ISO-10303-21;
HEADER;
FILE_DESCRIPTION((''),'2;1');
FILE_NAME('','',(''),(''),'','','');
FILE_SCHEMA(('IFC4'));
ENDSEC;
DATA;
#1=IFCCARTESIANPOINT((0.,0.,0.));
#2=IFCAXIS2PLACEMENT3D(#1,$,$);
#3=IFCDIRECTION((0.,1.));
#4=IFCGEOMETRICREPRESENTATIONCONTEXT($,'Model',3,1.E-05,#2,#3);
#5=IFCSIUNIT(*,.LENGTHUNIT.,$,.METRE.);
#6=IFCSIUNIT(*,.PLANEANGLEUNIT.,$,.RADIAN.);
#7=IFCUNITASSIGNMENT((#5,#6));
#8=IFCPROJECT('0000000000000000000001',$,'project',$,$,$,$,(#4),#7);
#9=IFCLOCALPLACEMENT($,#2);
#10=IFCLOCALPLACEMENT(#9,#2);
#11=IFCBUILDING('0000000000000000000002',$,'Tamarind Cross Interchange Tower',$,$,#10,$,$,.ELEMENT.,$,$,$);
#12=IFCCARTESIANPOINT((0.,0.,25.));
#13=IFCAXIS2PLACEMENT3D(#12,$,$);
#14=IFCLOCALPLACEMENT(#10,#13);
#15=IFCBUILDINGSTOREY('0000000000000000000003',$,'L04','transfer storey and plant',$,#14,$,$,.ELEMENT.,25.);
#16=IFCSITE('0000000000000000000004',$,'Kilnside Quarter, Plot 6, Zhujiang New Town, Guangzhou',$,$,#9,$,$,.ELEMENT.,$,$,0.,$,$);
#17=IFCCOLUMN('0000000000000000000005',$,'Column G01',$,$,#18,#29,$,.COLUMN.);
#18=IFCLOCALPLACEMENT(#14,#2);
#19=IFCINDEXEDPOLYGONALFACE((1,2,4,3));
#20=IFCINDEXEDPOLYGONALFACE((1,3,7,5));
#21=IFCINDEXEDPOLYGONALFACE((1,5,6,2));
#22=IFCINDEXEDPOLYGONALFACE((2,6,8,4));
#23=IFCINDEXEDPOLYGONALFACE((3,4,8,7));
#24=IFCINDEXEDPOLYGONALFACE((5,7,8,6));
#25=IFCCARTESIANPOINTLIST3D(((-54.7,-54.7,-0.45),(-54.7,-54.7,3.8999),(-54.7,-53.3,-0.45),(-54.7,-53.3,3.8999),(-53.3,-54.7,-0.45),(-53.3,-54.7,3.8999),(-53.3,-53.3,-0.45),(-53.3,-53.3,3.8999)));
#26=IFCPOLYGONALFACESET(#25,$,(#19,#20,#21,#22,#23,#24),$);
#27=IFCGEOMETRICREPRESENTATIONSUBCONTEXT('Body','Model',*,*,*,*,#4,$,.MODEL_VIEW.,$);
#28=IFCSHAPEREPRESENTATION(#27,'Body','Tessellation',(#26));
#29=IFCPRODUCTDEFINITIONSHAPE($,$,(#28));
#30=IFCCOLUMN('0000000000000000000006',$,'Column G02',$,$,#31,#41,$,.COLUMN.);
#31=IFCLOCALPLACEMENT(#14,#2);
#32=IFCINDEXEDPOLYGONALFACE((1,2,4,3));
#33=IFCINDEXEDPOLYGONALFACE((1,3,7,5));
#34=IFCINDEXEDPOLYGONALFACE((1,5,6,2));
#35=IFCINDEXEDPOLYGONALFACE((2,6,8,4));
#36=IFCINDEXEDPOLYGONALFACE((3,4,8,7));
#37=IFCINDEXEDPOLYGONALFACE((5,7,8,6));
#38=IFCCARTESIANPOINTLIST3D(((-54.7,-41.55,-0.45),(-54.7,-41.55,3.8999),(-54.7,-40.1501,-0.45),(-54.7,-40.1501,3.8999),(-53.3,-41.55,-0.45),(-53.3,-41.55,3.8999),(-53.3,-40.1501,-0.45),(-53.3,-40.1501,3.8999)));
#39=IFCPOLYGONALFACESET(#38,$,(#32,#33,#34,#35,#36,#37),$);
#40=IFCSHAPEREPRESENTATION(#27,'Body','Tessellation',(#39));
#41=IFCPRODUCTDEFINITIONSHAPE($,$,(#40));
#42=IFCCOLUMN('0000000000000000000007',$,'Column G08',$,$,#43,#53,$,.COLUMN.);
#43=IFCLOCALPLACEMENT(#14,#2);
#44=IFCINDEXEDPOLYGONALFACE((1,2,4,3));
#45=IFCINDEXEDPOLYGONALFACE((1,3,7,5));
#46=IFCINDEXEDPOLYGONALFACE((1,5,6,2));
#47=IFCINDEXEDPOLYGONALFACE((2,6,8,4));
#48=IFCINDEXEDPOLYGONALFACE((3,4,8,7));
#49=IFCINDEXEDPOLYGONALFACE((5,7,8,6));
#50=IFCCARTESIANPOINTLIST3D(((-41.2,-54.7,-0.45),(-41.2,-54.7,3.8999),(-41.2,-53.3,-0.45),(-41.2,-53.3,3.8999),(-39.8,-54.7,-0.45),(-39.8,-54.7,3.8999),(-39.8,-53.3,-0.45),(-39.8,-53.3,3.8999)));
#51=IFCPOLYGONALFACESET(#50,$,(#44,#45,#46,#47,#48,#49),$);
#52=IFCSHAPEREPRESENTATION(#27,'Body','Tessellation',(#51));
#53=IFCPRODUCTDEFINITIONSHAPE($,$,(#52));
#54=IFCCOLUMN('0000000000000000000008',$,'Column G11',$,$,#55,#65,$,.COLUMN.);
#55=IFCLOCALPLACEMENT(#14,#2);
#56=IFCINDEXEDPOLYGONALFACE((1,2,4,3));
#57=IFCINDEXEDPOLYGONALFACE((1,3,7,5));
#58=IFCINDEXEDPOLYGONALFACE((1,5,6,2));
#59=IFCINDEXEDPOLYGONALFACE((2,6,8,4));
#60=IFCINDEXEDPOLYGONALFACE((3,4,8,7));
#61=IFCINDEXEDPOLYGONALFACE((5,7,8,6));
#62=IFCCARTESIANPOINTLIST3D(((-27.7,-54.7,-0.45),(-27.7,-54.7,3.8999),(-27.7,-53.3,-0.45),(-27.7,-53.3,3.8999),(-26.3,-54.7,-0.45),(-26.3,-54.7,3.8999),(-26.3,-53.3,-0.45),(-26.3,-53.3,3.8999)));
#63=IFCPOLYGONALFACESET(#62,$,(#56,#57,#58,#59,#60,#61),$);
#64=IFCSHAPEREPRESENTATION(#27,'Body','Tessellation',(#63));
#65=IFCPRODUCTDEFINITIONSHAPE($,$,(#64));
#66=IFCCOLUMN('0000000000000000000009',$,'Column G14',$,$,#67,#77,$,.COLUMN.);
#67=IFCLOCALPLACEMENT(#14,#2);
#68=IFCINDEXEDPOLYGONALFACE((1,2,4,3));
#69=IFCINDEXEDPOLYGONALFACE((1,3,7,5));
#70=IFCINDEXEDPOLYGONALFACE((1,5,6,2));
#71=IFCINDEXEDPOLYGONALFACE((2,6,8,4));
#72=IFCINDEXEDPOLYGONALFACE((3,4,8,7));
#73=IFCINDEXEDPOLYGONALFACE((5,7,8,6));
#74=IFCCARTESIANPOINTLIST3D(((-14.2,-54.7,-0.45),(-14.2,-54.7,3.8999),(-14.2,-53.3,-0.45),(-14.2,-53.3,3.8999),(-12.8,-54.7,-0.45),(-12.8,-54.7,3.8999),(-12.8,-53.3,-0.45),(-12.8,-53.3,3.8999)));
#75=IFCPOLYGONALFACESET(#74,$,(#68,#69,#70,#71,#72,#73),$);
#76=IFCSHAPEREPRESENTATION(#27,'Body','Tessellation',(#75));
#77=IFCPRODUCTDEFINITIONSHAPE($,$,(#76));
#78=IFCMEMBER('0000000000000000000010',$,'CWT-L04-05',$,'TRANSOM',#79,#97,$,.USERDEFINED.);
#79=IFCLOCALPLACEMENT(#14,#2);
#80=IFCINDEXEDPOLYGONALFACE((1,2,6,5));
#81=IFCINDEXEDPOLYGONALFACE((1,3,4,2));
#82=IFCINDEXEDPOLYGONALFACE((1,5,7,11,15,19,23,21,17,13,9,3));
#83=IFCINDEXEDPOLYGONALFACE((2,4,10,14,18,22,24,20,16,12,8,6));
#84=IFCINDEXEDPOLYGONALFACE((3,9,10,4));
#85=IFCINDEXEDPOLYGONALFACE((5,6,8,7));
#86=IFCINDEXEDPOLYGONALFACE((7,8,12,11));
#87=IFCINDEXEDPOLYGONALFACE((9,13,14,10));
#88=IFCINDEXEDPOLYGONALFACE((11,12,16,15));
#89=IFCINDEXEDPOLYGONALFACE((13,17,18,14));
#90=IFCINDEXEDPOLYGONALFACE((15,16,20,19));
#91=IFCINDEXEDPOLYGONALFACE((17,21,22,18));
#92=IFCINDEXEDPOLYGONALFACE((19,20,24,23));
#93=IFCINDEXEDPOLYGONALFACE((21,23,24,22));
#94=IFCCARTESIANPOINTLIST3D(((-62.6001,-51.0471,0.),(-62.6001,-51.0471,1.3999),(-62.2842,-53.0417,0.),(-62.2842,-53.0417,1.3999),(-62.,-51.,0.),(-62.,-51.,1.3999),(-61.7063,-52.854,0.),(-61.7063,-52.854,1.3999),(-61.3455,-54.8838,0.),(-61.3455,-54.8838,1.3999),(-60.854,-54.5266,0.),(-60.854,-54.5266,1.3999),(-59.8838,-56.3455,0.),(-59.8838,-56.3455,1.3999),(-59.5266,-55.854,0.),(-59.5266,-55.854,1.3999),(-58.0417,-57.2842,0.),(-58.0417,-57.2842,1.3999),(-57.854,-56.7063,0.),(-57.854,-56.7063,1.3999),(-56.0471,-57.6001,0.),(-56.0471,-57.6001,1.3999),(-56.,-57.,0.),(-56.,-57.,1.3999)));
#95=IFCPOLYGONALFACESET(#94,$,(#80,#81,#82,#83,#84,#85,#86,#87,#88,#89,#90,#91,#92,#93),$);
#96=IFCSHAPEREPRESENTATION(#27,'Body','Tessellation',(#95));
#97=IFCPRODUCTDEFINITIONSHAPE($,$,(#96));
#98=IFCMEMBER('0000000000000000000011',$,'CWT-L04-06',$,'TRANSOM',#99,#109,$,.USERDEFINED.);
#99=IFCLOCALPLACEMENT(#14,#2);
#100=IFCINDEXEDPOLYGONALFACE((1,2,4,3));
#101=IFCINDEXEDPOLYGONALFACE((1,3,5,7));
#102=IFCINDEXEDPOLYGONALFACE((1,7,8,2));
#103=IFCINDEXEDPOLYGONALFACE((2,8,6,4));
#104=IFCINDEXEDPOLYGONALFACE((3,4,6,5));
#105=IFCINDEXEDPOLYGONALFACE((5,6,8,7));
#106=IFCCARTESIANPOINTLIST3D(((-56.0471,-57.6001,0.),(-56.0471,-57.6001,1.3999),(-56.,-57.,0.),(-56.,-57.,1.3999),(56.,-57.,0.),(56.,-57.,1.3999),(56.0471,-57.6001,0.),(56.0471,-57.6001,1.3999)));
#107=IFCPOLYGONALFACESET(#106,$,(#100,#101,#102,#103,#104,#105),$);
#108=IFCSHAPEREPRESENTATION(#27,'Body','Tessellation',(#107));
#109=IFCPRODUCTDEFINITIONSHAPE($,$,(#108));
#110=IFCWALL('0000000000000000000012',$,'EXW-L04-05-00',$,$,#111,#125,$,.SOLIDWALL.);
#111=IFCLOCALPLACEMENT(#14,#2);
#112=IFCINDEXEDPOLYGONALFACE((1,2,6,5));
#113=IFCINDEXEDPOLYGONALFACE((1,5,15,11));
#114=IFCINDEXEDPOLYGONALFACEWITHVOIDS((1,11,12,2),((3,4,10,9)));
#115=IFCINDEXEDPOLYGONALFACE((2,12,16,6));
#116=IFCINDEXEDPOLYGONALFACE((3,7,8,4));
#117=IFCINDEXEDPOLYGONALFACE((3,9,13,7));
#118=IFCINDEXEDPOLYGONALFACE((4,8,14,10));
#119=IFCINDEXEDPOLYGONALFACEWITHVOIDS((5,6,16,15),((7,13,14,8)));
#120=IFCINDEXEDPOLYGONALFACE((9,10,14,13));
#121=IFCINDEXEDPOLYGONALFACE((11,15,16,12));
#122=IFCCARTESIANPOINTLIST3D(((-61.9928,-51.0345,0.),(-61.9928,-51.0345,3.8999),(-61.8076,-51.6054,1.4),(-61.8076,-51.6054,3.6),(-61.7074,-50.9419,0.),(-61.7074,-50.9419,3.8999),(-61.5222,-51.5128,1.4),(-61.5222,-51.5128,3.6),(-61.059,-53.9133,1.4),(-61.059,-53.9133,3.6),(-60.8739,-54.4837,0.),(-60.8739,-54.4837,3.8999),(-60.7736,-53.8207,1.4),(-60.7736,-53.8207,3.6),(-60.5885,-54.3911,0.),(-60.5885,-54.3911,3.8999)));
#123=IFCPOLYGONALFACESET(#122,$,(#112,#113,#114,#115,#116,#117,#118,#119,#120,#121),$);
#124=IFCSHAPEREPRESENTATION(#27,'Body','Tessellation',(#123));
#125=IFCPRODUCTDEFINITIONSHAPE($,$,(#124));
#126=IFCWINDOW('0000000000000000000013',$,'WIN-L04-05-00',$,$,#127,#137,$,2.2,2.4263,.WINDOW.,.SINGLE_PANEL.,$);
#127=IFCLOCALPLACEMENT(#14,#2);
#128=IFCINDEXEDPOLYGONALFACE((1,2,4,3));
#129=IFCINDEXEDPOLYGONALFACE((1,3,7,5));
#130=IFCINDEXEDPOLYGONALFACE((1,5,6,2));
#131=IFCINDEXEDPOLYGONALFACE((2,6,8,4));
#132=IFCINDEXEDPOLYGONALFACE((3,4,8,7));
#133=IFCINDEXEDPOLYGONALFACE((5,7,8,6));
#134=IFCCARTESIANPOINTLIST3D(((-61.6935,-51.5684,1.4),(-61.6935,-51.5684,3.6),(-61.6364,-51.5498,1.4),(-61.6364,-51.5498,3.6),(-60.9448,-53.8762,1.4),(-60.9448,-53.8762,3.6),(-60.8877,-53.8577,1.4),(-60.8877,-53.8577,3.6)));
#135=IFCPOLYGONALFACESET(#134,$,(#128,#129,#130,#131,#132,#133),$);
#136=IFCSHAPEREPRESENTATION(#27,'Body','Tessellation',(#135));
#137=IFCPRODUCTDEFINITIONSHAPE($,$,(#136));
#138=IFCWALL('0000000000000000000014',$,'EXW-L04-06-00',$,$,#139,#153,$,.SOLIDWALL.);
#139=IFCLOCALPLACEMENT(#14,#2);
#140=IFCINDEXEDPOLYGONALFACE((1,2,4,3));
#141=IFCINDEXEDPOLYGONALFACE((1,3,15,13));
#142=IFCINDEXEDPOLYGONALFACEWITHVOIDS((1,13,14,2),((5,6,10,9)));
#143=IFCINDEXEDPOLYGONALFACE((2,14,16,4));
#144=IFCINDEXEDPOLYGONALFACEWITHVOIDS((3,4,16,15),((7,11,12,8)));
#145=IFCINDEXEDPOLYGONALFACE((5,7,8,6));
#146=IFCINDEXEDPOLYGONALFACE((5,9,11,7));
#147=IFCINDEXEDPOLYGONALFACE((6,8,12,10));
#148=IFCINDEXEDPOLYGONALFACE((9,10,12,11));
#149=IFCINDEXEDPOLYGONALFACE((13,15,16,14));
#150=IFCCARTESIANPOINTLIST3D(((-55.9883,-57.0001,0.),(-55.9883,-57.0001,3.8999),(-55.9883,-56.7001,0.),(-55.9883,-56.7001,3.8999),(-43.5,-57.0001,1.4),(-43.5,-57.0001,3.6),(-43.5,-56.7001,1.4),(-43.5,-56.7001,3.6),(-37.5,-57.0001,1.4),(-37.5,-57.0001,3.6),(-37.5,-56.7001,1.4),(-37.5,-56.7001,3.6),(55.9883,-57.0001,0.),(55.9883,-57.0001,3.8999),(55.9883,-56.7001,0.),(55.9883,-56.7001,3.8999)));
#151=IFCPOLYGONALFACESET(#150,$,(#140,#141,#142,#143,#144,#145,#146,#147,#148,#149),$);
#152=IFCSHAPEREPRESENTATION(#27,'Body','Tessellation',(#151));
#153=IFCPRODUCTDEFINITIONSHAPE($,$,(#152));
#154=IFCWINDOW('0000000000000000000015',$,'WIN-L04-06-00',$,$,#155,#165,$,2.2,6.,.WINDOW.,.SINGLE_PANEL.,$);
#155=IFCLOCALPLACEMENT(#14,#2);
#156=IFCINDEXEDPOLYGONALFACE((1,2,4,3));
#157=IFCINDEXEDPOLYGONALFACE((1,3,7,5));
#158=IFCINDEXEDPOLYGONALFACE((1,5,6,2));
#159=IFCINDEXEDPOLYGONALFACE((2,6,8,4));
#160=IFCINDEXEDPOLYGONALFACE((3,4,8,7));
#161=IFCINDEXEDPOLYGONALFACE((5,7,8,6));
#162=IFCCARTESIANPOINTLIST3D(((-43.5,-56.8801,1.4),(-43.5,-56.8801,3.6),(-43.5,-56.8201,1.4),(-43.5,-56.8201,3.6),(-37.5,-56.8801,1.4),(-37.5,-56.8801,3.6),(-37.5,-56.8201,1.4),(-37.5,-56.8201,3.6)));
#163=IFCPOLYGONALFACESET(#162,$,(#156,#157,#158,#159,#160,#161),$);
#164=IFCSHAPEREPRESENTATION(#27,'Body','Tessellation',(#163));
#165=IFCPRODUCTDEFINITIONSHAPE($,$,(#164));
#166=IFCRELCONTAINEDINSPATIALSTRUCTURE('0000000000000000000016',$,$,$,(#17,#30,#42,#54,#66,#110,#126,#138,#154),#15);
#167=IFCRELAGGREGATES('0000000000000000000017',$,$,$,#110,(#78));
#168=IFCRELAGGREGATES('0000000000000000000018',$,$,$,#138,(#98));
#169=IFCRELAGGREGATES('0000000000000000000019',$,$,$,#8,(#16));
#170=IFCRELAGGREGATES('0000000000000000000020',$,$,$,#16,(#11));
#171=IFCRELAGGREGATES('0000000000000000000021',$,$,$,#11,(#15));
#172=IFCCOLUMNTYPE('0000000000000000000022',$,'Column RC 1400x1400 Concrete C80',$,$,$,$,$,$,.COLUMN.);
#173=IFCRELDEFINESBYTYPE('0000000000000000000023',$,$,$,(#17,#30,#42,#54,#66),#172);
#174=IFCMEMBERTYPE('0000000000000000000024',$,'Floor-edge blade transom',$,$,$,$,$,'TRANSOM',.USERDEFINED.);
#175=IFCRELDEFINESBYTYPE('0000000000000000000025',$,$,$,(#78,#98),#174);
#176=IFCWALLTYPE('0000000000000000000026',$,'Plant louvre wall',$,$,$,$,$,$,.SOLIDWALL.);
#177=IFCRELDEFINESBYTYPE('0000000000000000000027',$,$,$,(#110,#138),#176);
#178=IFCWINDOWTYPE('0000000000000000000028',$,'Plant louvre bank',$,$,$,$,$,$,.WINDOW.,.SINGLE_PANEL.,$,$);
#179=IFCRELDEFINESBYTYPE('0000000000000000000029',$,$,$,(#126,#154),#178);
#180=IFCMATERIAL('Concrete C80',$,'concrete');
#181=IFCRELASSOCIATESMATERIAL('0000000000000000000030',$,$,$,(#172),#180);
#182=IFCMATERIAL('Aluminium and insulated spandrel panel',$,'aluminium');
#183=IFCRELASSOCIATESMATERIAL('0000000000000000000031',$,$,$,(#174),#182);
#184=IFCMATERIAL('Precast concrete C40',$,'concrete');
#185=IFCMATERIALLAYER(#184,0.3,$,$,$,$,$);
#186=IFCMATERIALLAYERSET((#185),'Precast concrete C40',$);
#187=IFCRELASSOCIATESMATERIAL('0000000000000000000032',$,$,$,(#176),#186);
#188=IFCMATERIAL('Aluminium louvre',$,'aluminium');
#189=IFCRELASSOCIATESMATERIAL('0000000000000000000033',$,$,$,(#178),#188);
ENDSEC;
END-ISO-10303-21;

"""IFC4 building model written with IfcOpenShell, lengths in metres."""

from ifc_helpers import new_model, si_unit, direction, frame, frame_2d, origin, origin_2d, place, context, subcontext, project, spatial, polyline, rectangle, outline, extrude, material, layer, layer_set, material_profile, profile_set, type_object, element, fill, aggregate, save


model = new_model("IFC4")

# Units and contexts
model_context = context("Model", 3, precision=1e-05, world=origin(), true_north=direction((0.0, 1.0)))
body_context = subcontext(model_context, "Body", "Model", "MODEL_VIEW")
ifc_project = project(units=[si_unit("LENGTHUNIT", "METRE"), si_unit("PLANEANGLEUNIT", "RADIAN")], contexts=[model_context])

# Site, building, storey
site_placement = place(None, origin())
site = spatial("IfcSite", under=ifc_project, at=site_placement, Name="Kilnside Quarter, Plot 6, Zhujiang New Town, Guangzhou", CompositionType="ELEMENT", RefElevation=0.0)
building_placement = place(site_placement, origin())
building = spatial("IfcBuilding", under=site, at=building_placement, Name="Tamarind Cross Interchange Tower", CompositionType="ELEMENT")
storey_placement = place(building_placement, frame((0.0, 0.0, 25.0)))
storey = spatial("IfcBuildingStorey", under=building, at=storey_placement, Name="L04", Description="transfer storey and plant", CompositionType="ELEMENT", Elevation=25.0)

# Columns
ifc_material_1 = material(Name="Concrete C80", Category="concrete")
ifc_material_profile = material_profile(ifc_material_1, rectangle(XDim=1.3999, YDim=1.3999, at=origin_2d()), Name="RC 1400x1400")
ifc_profile_set = profile_set([ifc_material_profile], Name="Concrete C80")
column_type = type_object("IfcColumnType", Name="Column RC 1400x1400 Concrete C80", PredefinedType="COLUMN", material=ifc_profile_set)
for number, where, z_axis, x_axis, name in (
    (1, (-54.0, -54.0, -0.45), (0.0, 0.0, 1.0), (1.0, 0.0, 0.0), "Column G01"),
    (2, (-54.0, -40.8501, -0.45), (0.0, 0.0, 1.0), (1.0, 0.0, 0.0), "Column G02"),
    (3, (-40.5, -54.0, -0.45), (0.0, 0.0, 1.0), (1.0, 0.0, 0.0), "Column G08"),
    (4, (-27.0, -54.0, -0.45), (0.0, 0.0, 1.0), (1.0, 0.0, 0.0), "Column G11"),
    (5, (-13.5, -54.0, -0.45), (0.0, 0.0, 1.0), (1.0, 0.0, 0.0), "Column G14"),
):
    element("IfcColumn", number, at=place(storey_placement, frame(where, z_axis=z_axis, x_axis=x_axis)), inside=storey, type_object=column_type, Name=name, PredefinedType="COLUMN", context=body_context, shape_type="SweptSolid", body=[
        extrude(rectangle(XDim=1.3999, YDim=1.3999, at=origin_2d()), origin(), (0.0, 0.0, 1.0), 4.3499),
    ])

# Members
ifc_material_2 = material(Name="Aluminium and insulated spandrel panel", Category="aluminium")
member_type = type_object("IfcMemberType", Name="Floor-edge blade transom", ElementType="TRANSOM", PredefinedType="USERDEFINED", material=ifc_material_2)
member_1_placement = place(storey_placement, origin())
member_1 = element("IfcMember", 6, at=member_1_placement, type_object=member_type, Name="CWT-L04-05", ObjectType="TRANSOM", PredefinedType="USERDEFINED", context=body_context, shape_type="SweptSolid", body=[
    extrude(outline(polyline([(-62.0, -51.0), (-61.7063, -52.854), (-60.854, -54.5266), (-59.5266, -55.854), (-57.854, -56.7063), (-56.0, -57.0), (-56.0471, -57.6001), (-58.0417, -57.2842), (-59.8838, -56.3455), (-61.3455, -54.8838), (-62.2842, -53.0417), (-62.6001, -51.0471), (-62.0, -51.0)])), origin(), (0.0, 0.0, 1.0), 1.3999),
])
member_2_placement = place(storey_placement, origin())
member_2 = element("IfcMember", 7, at=member_2_placement, type_object=member_type, Name="CWT-L04-06", ObjectType="TRANSOM", PredefinedType="USERDEFINED", context=body_context, shape_type="SweptSolid", body=[
    extrude(outline(polyline([(-56.0, -57.0), (56.0, -57.0), (56.0471, -57.6001), (-56.0471, -57.6001), (-56.0, -57.0)])), origin(), (0.0, 0.0, 1.0), 1.3999),
])

# Wall, opening, window
ifc_material_3 = material(Name="Precast concrete C40", Category="concrete")
ifc_layer_1 = layer(ifc_material_3, 0.3)
ifc_layer_set_1 = layer_set([ifc_layer_1], Name="Precast concrete C40")
wall_type_1 = type_object("IfcWallType", Name="Plant louvre wall", PredefinedType="SOLIDWALL", material=ifc_layer_set_1)
wall_1_placement = place(storey_placement, frame((-61.8501, -50.9883, 0.0), z_axis=(0.0, 0.0, 1.0), x_axis=(0.308562, -0.951204, 0.0)))
wall_1 = element("IfcWall", 8, at=wall_1_placement, inside=storey, type_object=wall_type_1, Name="EXW-L04-05-00", PredefinedType="SOLIDWALL", context=body_context, shape_type="SweptSolid", body=[
    extrude(rectangle(XDim=3.6262, YDim=0.3, at=frame_2d((1.813, 0.0))), origin(), (0.0, 0.0, 1.0), 3.8999),
])
opening_1_placement = place(wall_1_placement, frame((0.6001, 0.0, 1.3999)))
opening_1 = element("IfcOpeningElement", 9, at=opening_1_placement, cuts=wall_1, PredefinedType="OPENING", context=body_context, shape_type="SweptSolid", body=[
    extrude(rectangle(XDim=2.4263, YDim=2.2, at=frame_2d((1.2131, 1.1001))), frame((0.0, 0.1599, 0.0), z_axis=(0.0, -1.0, 0.0), x_axis=(1.0, 0.0, 0.0)), (0.0, 0.0, 1.0), 0.3201),
])
ifc_material_4 = material(Name="Aluminium louvre", Category="aluminium")
window_type_1 = type_object("IfcWindowType", Name="Plant louvre bank", PartitioningType="SINGLE_PANEL", PredefinedType="WINDOW", material=ifc_material_4)
window_1_placement = place(opening_1_placement, origin())
window_1 = element("IfcWindow", 10, at=window_1_placement, inside=storey, type_object=window_type_1, Name="WIN-L04-05-00", OverallHeight=2.2, OverallWidth=2.4263, PartitioningType="SINGLE_PANEL", PredefinedType="WINDOW", context=body_context, shape_type="SweptSolid", body=[
    extrude(rectangle(XDim=2.4263, YDim=2.2, at=frame_2d((1.2131, 1.1001))), frame((0.0, 0.03, 0.0), z_axis=(0.0, -1.0, 0.0), x_axis=(1.0, 0.0, 0.0)), (0.0, 0.0, 1.0), 0.0601),
])
fill(opening_1, window_1)
aggregate(wall_1, [member_1])

# Wall, opening, window
wall_2_placement = place(storey_placement, frame((-55.9883, -56.8501, 0.0), z_axis=(0.0, 0.0, 1.0), x_axis=(1.0, 0.0, 0.0)))
wall_2 = element("IfcWall", 11, at=wall_2_placement, inside=storey, type_object=wall_type_1, Name="EXW-L04-06-00", PredefinedType="SOLIDWALL", context=body_context, shape_type="SweptSolid", body=[
    extrude(rectangle(XDim=111.9766, YDim=0.3, at=frame_2d((55.9883, 0.0))), origin(), (0.0, 0.0, 1.0), 3.8999),
])
opening_2_placement = place(wall_2_placement, frame((12.4883, 0.0, 1.3999)))
opening_2 = element("IfcOpeningElement", 12, at=opening_2_placement, cuts=wall_2, PredefinedType="OPENING", context=body_context, shape_type="SweptSolid", body=[
    extrude(rectangle(XDim=6.0, YDim=2.2, at=frame_2d((3.0, 1.1001))), frame((0.0, 0.1599, 0.0), z_axis=(0.0, -1.0, 0.0), x_axis=(1.0, 0.0, 0.0)), (0.0, 0.0, 1.0), 0.3201),
])
window_2_placement = place(opening_2_placement, origin())
window_2 = element("IfcWindow", 13, at=window_2_placement, inside=storey, type_object=window_type_1, Name="WIN-L04-06-00", OverallHeight=2.2, OverallWidth=6.0, PartitioningType="SINGLE_PANEL", PredefinedType="WINDOW", context=body_context, shape_type="SweptSolid", body=[
    extrude(rectangle(XDim=6.0, YDim=2.2, at=frame_2d((3.0, 1.1001))), frame((0.0, 0.03, 0.0), z_axis=(0.0, -1.0, 0.0), x_axis=(1.0, 0.0, 0.0)), (0.0, 0.0, 1.0), 0.0601),
])
fill(opening_2, window_2)
aggregate(wall_2, [member_2])

save(model, "model.ifc")
